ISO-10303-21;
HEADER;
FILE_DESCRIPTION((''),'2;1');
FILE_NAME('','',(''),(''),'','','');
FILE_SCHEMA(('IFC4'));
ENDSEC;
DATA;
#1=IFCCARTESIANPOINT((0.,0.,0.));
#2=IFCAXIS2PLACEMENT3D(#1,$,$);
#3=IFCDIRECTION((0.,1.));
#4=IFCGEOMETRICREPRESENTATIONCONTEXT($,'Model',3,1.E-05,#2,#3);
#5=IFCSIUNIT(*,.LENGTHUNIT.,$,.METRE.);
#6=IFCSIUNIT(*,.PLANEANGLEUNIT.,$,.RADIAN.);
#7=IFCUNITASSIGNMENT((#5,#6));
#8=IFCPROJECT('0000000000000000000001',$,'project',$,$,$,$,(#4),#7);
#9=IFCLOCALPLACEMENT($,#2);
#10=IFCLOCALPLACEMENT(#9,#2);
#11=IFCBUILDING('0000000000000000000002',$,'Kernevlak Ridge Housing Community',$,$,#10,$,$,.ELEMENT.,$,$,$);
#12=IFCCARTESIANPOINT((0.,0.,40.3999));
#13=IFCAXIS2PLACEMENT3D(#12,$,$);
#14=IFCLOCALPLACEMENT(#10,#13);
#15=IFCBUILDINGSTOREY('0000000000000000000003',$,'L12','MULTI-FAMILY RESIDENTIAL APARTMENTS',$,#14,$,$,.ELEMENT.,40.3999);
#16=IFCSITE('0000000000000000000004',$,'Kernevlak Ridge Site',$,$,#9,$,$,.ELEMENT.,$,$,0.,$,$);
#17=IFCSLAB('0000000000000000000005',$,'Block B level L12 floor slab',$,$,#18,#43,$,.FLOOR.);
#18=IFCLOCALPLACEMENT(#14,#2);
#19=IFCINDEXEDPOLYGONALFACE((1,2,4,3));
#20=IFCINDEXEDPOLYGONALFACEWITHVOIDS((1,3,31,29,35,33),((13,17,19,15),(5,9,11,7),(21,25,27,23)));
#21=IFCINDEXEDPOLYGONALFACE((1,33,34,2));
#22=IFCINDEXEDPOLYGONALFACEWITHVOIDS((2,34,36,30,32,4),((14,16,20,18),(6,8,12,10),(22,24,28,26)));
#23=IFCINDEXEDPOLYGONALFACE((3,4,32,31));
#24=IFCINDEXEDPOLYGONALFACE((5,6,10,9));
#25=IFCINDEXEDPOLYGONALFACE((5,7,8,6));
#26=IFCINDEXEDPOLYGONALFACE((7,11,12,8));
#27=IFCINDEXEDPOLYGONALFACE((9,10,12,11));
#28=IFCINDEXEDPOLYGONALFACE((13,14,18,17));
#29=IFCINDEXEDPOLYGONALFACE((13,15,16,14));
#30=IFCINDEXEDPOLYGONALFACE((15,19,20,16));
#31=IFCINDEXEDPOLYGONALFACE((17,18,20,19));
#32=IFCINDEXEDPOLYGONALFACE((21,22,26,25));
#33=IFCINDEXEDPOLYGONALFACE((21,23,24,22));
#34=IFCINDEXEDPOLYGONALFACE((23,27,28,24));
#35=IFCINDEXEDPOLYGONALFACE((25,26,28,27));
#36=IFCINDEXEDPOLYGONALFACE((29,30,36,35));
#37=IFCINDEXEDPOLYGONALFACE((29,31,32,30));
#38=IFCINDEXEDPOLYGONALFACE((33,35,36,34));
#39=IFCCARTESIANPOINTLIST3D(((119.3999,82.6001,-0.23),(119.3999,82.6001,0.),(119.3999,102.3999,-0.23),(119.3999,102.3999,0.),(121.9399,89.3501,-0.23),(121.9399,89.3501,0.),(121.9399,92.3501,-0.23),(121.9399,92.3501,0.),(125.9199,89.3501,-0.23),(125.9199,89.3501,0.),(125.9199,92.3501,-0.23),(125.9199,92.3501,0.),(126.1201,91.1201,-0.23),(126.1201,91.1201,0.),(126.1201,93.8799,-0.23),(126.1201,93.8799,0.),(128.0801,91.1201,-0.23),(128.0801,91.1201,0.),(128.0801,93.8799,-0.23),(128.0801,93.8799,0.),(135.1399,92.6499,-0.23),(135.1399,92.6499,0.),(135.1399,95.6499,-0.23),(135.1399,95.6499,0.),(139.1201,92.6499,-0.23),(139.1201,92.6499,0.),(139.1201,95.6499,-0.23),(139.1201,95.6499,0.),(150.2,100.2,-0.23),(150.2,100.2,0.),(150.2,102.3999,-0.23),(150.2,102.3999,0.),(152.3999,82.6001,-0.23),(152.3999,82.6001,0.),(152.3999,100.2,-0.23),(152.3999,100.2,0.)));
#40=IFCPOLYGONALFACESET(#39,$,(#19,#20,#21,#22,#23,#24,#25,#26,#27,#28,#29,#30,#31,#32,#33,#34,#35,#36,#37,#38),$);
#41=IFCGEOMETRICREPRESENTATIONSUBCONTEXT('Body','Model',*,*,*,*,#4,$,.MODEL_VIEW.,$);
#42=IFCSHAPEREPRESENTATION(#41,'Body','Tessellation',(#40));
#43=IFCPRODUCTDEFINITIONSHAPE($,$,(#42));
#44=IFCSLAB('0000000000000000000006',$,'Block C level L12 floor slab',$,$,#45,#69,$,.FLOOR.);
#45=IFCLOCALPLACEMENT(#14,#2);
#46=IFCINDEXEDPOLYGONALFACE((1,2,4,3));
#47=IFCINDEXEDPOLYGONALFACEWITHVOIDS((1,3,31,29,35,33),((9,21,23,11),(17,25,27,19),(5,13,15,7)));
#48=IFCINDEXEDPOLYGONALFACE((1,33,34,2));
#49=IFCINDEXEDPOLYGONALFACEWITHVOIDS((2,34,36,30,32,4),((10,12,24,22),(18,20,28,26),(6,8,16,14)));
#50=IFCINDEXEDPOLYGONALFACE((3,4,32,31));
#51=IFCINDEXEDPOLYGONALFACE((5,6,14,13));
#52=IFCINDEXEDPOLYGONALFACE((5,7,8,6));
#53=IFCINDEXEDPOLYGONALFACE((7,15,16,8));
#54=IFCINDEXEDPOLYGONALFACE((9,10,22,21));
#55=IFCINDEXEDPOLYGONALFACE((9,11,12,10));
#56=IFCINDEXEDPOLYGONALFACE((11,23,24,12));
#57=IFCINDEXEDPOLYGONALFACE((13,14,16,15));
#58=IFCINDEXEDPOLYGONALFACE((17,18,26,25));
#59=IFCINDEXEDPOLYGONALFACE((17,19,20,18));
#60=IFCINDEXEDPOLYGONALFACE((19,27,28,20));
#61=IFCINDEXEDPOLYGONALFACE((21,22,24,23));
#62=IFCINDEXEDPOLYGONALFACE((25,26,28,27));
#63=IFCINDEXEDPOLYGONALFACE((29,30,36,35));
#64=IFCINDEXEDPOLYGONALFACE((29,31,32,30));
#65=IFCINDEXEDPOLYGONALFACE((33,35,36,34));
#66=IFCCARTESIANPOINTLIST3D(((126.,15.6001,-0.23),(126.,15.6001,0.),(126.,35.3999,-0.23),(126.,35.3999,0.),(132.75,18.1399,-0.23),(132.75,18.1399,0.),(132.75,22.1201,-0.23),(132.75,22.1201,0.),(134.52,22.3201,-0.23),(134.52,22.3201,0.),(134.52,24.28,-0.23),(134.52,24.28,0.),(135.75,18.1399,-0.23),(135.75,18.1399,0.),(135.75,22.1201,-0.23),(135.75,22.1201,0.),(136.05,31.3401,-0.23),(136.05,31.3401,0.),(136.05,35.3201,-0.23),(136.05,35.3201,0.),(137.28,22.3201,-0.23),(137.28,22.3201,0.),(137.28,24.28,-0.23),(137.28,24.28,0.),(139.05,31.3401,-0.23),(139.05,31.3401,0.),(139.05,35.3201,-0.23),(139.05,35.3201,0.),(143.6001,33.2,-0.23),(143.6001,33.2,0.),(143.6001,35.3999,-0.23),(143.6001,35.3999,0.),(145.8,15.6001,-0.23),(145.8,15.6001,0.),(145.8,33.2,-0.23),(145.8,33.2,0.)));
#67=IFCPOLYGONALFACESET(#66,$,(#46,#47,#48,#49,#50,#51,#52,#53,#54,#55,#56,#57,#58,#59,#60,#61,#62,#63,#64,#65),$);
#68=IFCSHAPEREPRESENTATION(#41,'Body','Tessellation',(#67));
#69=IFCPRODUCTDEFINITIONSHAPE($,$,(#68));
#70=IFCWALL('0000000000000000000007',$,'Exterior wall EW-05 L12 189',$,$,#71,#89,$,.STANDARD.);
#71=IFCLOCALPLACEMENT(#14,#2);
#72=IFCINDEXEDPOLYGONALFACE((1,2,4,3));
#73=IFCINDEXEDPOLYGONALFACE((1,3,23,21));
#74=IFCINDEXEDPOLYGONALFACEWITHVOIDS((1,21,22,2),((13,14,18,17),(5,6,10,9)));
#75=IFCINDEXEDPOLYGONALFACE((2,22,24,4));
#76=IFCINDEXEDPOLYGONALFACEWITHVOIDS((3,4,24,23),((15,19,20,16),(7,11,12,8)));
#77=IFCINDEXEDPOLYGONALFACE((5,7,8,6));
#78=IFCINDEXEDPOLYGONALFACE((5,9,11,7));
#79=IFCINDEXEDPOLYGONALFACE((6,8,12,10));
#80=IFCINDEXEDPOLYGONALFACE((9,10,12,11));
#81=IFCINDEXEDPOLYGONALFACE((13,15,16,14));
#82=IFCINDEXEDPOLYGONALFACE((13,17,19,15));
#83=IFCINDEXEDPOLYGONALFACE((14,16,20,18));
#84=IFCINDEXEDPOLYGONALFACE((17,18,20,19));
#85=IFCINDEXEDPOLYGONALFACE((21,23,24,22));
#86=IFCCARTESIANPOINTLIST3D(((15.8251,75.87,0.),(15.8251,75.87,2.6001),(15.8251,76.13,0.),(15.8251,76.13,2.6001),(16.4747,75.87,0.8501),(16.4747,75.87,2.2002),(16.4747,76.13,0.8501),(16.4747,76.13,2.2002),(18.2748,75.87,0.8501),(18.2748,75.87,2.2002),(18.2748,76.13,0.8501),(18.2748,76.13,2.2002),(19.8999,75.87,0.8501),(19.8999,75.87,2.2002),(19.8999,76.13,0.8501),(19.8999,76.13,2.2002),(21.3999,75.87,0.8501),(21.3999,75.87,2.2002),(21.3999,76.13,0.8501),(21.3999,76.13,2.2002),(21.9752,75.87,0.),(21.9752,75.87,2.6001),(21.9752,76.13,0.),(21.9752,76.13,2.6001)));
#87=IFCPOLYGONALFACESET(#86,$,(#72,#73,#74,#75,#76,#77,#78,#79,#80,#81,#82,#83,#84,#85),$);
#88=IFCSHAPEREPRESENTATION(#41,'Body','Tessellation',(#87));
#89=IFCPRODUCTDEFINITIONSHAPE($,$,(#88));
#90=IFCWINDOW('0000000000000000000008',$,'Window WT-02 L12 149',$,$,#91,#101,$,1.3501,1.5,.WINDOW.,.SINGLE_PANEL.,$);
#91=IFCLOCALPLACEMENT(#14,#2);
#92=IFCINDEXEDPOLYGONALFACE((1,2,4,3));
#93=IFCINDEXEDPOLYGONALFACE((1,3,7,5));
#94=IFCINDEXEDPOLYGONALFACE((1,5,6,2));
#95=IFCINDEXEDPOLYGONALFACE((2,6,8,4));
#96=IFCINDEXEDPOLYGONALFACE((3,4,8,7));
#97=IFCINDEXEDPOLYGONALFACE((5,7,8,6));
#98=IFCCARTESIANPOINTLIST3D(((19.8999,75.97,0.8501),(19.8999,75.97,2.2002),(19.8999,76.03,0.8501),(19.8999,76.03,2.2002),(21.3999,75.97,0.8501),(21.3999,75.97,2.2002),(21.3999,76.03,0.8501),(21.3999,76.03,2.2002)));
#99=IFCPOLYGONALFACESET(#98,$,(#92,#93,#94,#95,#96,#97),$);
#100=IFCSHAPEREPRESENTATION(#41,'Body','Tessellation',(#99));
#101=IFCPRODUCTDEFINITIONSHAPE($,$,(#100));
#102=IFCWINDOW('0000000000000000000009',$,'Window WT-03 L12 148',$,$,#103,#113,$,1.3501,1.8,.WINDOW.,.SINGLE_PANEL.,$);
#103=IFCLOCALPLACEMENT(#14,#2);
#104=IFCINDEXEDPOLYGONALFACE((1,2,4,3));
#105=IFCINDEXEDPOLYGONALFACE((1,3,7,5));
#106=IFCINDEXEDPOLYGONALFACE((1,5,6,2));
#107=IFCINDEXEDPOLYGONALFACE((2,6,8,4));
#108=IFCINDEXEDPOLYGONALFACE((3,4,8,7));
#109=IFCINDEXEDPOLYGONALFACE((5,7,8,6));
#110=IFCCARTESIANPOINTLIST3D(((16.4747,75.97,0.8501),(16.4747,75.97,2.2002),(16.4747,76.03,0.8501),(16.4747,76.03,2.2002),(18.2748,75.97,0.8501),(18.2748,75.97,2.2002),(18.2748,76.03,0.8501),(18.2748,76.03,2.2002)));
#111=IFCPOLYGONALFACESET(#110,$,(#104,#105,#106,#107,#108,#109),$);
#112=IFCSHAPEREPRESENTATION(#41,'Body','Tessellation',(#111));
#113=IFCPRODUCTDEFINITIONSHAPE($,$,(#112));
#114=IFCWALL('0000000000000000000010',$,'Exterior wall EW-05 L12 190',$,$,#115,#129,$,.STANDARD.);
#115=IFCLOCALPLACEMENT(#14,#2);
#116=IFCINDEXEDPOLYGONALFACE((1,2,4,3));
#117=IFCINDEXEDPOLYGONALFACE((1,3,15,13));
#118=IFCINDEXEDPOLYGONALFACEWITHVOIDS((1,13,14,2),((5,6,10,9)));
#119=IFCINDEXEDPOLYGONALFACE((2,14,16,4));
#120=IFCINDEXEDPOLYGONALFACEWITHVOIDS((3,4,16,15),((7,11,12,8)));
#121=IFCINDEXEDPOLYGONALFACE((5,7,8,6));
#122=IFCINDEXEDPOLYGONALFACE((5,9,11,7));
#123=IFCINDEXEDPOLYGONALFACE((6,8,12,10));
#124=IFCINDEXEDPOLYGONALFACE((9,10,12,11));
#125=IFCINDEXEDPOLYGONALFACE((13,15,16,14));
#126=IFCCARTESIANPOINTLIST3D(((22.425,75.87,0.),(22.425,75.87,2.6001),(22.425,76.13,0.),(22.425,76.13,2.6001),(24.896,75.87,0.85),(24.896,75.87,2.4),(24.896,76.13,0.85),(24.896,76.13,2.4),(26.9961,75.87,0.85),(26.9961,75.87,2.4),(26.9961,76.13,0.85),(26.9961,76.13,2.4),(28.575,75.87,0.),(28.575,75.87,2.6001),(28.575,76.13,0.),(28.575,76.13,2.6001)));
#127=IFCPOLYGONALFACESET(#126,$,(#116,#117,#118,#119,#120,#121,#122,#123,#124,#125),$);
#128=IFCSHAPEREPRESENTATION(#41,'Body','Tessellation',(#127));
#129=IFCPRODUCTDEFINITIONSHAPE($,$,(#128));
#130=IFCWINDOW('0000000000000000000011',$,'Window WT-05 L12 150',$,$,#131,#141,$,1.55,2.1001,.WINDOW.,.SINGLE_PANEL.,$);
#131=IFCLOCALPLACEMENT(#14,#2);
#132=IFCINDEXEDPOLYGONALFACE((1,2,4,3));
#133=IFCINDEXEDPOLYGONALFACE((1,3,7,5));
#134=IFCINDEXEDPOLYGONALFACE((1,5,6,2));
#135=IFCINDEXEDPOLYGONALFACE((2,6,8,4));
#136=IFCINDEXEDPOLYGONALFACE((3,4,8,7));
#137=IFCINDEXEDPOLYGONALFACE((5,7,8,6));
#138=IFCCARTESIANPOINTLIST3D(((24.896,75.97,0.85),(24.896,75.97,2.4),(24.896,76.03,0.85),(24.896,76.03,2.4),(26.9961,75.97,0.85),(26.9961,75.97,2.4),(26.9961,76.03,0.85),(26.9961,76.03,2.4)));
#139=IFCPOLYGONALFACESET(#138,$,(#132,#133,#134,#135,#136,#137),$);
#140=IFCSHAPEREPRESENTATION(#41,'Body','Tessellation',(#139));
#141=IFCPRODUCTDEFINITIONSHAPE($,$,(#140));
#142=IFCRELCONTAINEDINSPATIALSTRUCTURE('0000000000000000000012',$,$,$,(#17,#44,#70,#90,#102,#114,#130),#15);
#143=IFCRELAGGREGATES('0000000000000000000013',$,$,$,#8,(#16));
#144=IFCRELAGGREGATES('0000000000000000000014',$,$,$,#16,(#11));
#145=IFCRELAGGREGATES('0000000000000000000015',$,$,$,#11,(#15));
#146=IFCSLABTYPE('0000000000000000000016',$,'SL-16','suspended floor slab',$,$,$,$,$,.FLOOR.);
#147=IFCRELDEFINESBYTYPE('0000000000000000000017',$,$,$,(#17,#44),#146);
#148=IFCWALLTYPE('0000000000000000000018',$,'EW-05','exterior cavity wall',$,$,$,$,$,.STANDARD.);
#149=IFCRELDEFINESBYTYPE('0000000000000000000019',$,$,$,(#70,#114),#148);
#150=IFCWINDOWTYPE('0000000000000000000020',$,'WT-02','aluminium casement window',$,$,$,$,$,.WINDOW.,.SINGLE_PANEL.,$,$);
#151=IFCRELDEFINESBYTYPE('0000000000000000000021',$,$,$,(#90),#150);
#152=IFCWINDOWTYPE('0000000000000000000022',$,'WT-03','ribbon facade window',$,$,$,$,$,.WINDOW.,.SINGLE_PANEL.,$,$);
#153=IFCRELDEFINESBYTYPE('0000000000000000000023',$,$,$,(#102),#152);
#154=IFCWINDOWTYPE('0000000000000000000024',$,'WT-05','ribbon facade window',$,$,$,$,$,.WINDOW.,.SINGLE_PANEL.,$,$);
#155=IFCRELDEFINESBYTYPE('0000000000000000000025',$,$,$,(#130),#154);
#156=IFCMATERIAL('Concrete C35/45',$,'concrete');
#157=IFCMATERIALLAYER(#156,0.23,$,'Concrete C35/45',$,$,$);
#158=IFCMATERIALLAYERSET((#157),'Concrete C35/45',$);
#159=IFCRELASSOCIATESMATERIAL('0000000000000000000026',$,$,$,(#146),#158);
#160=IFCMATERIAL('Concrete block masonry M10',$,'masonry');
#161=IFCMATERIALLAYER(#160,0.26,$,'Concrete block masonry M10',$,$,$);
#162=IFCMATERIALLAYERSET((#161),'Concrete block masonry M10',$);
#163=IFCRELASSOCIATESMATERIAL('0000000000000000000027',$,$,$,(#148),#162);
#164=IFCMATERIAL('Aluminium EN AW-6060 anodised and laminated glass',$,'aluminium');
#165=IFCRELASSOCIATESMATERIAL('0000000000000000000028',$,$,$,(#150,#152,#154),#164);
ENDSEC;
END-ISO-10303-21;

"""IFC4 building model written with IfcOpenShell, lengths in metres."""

from ifc_helpers import new_model, si_unit, direction, frame, frame_2d, origin, place, context, subcontext, project, spatial, polyline, rectangle, outline, extrude, material, layer, layer_set, type_object, element, fill, save


model = new_model("IFC4")

# Units and contexts
model_context = context("Model", 3, precision=1e-05, world=origin(), true_north=direction((0.0, 1.0)))
body_context = subcontext(model_context, "Body", "Model", "MODEL_VIEW")
ifc_project = project(units=[si_unit("LENGTHUNIT", "METRE"), si_unit("PLANEANGLEUNIT", "RADIAN")], contexts=[model_context])

# Site, building, storey
site_placement = place(None, origin())
site = spatial("IfcSite", under=ifc_project, at=site_placement, Name="Kernevlak Ridge Site", CompositionType="ELEMENT", RefElevation=0.0)
building_placement = place(site_placement, origin())
building = spatial("IfcBuilding", under=site, at=building_placement, Name="Kernevlak Ridge Housing Community", CompositionType="ELEMENT")
storey_placement = place(building_placement, frame((0.0, 0.0, 40.3999)))
storey = spatial("IfcBuildingStorey", under=building, at=storey_placement, Name="L12", Description="MULTI-FAMILY RESIDENTIAL APARTMENTS", CompositionType="ELEMENT", Elevation=40.3999)

# Shared definitions
ifc_material_1 = material(Name="Concrete C35/45", Category="concrete")

# Slabs
ifc_layer_1 = layer(ifc_material_1, 0.23, Name="Concrete C35/45")
ifc_layer_set_1 = layer_set([ifc_layer_1], Name="Concrete C35/45")
slab_type_1 = type_object("IfcSlabType", Name="SL-16", Description="suspended floor slab", PredefinedType="FLOOR", material=ifc_layer_set_1)
slab_1_placement = place(storey_placement, frame((0.0, 0.0, -0.23)))
element("IfcSlab", 1, at=slab_1_placement, inside=storey, type_object=slab_type_1, Name="Block B level L12 floor slab", PredefinedType="FLOOR", context=body_context, shape_type="SweptSolid", body=[
    extrude(outline(polyline([(119.3999, 82.6001), (152.3999, 82.6001), (152.3999, 100.2), (150.2, 100.2), (150.2, 102.3999), (119.3999, 102.3999), (119.3999, 82.6001)]), holes=[polyline([(121.9399, 92.3501), (125.9199, 92.3501), (125.9199, 89.3501), (121.9399, 89.3501), (121.9399, 92.3501)]), polyline([(135.1399, 95.6499), (139.1201, 95.6499), (139.1201, 92.6499), (135.1399, 92.6499), (135.1399, 95.6499)]), polyline([(126.1201, 93.8799), (128.0801, 93.8799), (128.0801, 91.1201), (126.1201, 91.1201), (126.1201, 93.8799)])]), origin(), (0.0, 0.0, 1.0), 0.23),
])
slab_2_placement = place(storey_placement, frame((0.0, 0.0, -0.23)))
element("IfcSlab", 2, at=slab_2_placement, inside=storey, type_object=slab_type_1, Name="Block C level L12 floor slab", PredefinedType="FLOOR", context=body_context, shape_type="SweptSolid", body=[
    extrude(outline(polyline([(145.8, 15.6001), (145.8, 33.2), (143.6001, 33.2), (143.6001, 35.3999), (126.0, 35.3999), (126.0, 15.6001), (145.8, 15.6001)]), holes=[polyline([(132.75, 18.1399), (132.75, 22.1201), (135.75, 22.1201), (135.75, 18.1399), (132.75, 18.1399)]), polyline([(136.05, 31.3401), (136.05, 35.3201), (139.05, 35.3201), (139.05, 31.3401), (136.05, 31.3401)]), polyline([(134.52, 24.28), (137.28, 24.28), (137.28, 22.3201), (134.52, 22.3201), (134.52, 24.28)])]), origin(), (0.0, 0.0, 1.0), 0.23),
])

# Wall, openings, windows
ifc_material_2 = material(Name="Concrete block masonry M10", Category="masonry")
ifc_layer_2 = layer(ifc_material_2, 0.26, Name="Concrete block masonry M10")
ifc_layer_set_2 = layer_set([ifc_layer_2], Name="Concrete block masonry M10")
wall_type = type_object("IfcWallType", Name="EW-05", Description="exterior cavity wall", PredefinedType="STANDARD", material=ifc_layer_set_2)
wall_1_placement = place(storey_placement, frame((15.825, 76.0, 0.0), z_axis=(0.0, 0.0, 1.0), x_axis=(1.0, 0.0, 0.0)))
wall_1 = element("IfcWall", 3, at=wall_1_placement, inside=storey, type_object=wall_type, Name="Exterior wall EW-05 L12 189", PredefinedType="STANDARD", context=body_context, shape_type="SweptSolid", body=[
    extrude(rectangle(XDim=6.1501, YDim=0.26, at=frame_2d((3.0752, 0.0))), origin(), (0.0, 0.0, 1.0), 2.6001),
])
opening_1_placement = place(wall_1_placement, frame((0.6499, 0.0, 0.8501)))
opening_1 = element("IfcOpeningElement", 4, at=opening_1_placement, cuts=wall_1, PredefinedType="OPENING", context=body_context, shape_type="SweptSolid", body=[
    extrude(rectangle(XDim=1.8, YDim=1.3501, at=frame_2d((0.8999, 0.675))), frame((0.0, 0.1399, 0.0), z_axis=(0.0, -1.0, 0.0), x_axis=(1.0, 0.0, 0.0)), (0.0, 0.0, 1.0), 0.28),
])
opening_2_placement = place(wall_1_placement, frame((4.075, 0.0, 0.8501)))
opening_2 = element("IfcOpeningElement", 5, at=opening_2_placement, cuts=wall_1, PredefinedType="OPENING", context=body_context, shape_type="SweptSolid", body=[
    extrude(rectangle(XDim=1.5, YDim=1.3501, at=frame_2d((0.75, 0.675))), frame((0.0, 0.1399, 0.0), z_axis=(0.0, -1.0, 0.0), x_axis=(1.0, 0.0, 0.0)), (0.0, 0.0, 1.0), 0.28),
])
ifc_material_3 = material(Name="Aluminium EN AW-6060 anodised and laminated glass", Category="aluminium")
window_type_1 = type_object("IfcWindowType", Name="WT-02", Description="aluminium casement window", PartitioningType="SINGLE_PANEL", PredefinedType="WINDOW", material=ifc_material_3)
window_1_placement = place(opening_2_placement, origin())
window_1 = element("IfcWindow", 6, at=window_1_placement, inside=storey, type_object=window_type_1, Name="Window WT-02 L12 149", OverallHeight=1.3501, OverallWidth=1.5, PartitioningType="SINGLE_PANEL", PredefinedType="WINDOW", context=body_context, shape_type="SweptSolid", body=[
    extrude(rectangle(XDim=1.5, YDim=1.3501, at=frame_2d((0.75, 0.675))), frame((0.0, 0.03, 0.0), z_axis=(0.0, -1.0, 0.0), x_axis=(1.0, 0.0, 0.0)), (0.0, 0.0, 1.0), 0.0601),
])
fill(opening_2, window_1)
window_type_2 = type_object("IfcWindowType", Name="WT-03", Description="ribbon facade window", PartitioningType="SINGLE_PANEL", PredefinedType="WINDOW", material=ifc_material_3)
window_2_placement = place(opening_1_placement, origin())
window_2 = element("IfcWindow", 7, at=window_2_placement, inside=storey, type_object=window_type_2, Name="Window WT-03 L12 148", OverallHeight=1.3501, OverallWidth=1.8, PartitioningType="SINGLE_PANEL", PredefinedType="WINDOW", context=body_context, shape_type="SweptSolid", body=[
    extrude(rectangle(XDim=1.8, YDim=1.3501, at=frame_2d((0.8999, 0.675))), frame((0.0, 0.03, 0.0), z_axis=(0.0, -1.0, 0.0), x_axis=(1.0, 0.0, 0.0)), (0.0, 0.0, 1.0), 0.0601),
])
fill(opening_1, window_2)

# Wall, opening, window
wall_2_placement = place(storey_placement, frame((22.425, 76.0, 0.0), z_axis=(0.0, 0.0, 1.0), x_axis=(1.0, 0.0, 0.0)))
wall_2 = element("IfcWall", 8, at=wall_2_placement, inside=storey, type_object=wall_type, Name="Exterior wall EW-05 L12 190", PredefinedType="STANDARD", context=body_context, shape_type="SweptSolid", body=[
    extrude(rectangle(XDim=6.1499, YDim=0.26, at=frame_2d((3.075, 0.0))), origin(), (0.0, 0.0, 1.0), 2.6001),
])
opening_3_placement = place(wall_2_placement, frame((2.4709, 0.0, 0.8501)))
opening_3 = element("IfcOpeningElement", 9, at=opening_3_placement, cuts=wall_2, PredefinedType="OPENING", context=body_context, shape_type="SweptSolid", body=[
    extrude(rectangle(XDim=2.1001, YDim=1.55, at=frame_2d((1.05, 0.7749))), frame((0.0, 0.1399, 0.0), z_axis=(0.0, -1.0, 0.0), x_axis=(1.0, 0.0, 0.0)), (0.0, 0.0, 1.0), 0.28),
])
window_type_3 = type_object("IfcWindowType", Name="WT-05", Description="ribbon facade window", PartitioningType="SINGLE_PANEL", PredefinedType="WINDOW", material=ifc_material_3)
window_3_placement = place(opening_3_placement, origin())
window_3 = element("IfcWindow", 10, at=window_3_placement, inside=storey, type_object=window_type_3, Name="Window WT-05 L12 150", OverallHeight=1.55, OverallWidth=2.1001, PartitioningType="SINGLE_PANEL", PredefinedType="WINDOW", context=body_context, shape_type="SweptSolid", body=[
    extrude(rectangle(XDim=2.1001, YDim=1.55, at=frame_2d((1.05, 0.7749))), frame((0.0, 0.03, 0.0), z_axis=(0.0, -1.0, 0.0), x_axis=(1.0, 0.0, 0.0)), (0.0, 0.0, 1.0), 0.0601),
])
fill(opening_3, window_3)

save(model, "model.ifc")
